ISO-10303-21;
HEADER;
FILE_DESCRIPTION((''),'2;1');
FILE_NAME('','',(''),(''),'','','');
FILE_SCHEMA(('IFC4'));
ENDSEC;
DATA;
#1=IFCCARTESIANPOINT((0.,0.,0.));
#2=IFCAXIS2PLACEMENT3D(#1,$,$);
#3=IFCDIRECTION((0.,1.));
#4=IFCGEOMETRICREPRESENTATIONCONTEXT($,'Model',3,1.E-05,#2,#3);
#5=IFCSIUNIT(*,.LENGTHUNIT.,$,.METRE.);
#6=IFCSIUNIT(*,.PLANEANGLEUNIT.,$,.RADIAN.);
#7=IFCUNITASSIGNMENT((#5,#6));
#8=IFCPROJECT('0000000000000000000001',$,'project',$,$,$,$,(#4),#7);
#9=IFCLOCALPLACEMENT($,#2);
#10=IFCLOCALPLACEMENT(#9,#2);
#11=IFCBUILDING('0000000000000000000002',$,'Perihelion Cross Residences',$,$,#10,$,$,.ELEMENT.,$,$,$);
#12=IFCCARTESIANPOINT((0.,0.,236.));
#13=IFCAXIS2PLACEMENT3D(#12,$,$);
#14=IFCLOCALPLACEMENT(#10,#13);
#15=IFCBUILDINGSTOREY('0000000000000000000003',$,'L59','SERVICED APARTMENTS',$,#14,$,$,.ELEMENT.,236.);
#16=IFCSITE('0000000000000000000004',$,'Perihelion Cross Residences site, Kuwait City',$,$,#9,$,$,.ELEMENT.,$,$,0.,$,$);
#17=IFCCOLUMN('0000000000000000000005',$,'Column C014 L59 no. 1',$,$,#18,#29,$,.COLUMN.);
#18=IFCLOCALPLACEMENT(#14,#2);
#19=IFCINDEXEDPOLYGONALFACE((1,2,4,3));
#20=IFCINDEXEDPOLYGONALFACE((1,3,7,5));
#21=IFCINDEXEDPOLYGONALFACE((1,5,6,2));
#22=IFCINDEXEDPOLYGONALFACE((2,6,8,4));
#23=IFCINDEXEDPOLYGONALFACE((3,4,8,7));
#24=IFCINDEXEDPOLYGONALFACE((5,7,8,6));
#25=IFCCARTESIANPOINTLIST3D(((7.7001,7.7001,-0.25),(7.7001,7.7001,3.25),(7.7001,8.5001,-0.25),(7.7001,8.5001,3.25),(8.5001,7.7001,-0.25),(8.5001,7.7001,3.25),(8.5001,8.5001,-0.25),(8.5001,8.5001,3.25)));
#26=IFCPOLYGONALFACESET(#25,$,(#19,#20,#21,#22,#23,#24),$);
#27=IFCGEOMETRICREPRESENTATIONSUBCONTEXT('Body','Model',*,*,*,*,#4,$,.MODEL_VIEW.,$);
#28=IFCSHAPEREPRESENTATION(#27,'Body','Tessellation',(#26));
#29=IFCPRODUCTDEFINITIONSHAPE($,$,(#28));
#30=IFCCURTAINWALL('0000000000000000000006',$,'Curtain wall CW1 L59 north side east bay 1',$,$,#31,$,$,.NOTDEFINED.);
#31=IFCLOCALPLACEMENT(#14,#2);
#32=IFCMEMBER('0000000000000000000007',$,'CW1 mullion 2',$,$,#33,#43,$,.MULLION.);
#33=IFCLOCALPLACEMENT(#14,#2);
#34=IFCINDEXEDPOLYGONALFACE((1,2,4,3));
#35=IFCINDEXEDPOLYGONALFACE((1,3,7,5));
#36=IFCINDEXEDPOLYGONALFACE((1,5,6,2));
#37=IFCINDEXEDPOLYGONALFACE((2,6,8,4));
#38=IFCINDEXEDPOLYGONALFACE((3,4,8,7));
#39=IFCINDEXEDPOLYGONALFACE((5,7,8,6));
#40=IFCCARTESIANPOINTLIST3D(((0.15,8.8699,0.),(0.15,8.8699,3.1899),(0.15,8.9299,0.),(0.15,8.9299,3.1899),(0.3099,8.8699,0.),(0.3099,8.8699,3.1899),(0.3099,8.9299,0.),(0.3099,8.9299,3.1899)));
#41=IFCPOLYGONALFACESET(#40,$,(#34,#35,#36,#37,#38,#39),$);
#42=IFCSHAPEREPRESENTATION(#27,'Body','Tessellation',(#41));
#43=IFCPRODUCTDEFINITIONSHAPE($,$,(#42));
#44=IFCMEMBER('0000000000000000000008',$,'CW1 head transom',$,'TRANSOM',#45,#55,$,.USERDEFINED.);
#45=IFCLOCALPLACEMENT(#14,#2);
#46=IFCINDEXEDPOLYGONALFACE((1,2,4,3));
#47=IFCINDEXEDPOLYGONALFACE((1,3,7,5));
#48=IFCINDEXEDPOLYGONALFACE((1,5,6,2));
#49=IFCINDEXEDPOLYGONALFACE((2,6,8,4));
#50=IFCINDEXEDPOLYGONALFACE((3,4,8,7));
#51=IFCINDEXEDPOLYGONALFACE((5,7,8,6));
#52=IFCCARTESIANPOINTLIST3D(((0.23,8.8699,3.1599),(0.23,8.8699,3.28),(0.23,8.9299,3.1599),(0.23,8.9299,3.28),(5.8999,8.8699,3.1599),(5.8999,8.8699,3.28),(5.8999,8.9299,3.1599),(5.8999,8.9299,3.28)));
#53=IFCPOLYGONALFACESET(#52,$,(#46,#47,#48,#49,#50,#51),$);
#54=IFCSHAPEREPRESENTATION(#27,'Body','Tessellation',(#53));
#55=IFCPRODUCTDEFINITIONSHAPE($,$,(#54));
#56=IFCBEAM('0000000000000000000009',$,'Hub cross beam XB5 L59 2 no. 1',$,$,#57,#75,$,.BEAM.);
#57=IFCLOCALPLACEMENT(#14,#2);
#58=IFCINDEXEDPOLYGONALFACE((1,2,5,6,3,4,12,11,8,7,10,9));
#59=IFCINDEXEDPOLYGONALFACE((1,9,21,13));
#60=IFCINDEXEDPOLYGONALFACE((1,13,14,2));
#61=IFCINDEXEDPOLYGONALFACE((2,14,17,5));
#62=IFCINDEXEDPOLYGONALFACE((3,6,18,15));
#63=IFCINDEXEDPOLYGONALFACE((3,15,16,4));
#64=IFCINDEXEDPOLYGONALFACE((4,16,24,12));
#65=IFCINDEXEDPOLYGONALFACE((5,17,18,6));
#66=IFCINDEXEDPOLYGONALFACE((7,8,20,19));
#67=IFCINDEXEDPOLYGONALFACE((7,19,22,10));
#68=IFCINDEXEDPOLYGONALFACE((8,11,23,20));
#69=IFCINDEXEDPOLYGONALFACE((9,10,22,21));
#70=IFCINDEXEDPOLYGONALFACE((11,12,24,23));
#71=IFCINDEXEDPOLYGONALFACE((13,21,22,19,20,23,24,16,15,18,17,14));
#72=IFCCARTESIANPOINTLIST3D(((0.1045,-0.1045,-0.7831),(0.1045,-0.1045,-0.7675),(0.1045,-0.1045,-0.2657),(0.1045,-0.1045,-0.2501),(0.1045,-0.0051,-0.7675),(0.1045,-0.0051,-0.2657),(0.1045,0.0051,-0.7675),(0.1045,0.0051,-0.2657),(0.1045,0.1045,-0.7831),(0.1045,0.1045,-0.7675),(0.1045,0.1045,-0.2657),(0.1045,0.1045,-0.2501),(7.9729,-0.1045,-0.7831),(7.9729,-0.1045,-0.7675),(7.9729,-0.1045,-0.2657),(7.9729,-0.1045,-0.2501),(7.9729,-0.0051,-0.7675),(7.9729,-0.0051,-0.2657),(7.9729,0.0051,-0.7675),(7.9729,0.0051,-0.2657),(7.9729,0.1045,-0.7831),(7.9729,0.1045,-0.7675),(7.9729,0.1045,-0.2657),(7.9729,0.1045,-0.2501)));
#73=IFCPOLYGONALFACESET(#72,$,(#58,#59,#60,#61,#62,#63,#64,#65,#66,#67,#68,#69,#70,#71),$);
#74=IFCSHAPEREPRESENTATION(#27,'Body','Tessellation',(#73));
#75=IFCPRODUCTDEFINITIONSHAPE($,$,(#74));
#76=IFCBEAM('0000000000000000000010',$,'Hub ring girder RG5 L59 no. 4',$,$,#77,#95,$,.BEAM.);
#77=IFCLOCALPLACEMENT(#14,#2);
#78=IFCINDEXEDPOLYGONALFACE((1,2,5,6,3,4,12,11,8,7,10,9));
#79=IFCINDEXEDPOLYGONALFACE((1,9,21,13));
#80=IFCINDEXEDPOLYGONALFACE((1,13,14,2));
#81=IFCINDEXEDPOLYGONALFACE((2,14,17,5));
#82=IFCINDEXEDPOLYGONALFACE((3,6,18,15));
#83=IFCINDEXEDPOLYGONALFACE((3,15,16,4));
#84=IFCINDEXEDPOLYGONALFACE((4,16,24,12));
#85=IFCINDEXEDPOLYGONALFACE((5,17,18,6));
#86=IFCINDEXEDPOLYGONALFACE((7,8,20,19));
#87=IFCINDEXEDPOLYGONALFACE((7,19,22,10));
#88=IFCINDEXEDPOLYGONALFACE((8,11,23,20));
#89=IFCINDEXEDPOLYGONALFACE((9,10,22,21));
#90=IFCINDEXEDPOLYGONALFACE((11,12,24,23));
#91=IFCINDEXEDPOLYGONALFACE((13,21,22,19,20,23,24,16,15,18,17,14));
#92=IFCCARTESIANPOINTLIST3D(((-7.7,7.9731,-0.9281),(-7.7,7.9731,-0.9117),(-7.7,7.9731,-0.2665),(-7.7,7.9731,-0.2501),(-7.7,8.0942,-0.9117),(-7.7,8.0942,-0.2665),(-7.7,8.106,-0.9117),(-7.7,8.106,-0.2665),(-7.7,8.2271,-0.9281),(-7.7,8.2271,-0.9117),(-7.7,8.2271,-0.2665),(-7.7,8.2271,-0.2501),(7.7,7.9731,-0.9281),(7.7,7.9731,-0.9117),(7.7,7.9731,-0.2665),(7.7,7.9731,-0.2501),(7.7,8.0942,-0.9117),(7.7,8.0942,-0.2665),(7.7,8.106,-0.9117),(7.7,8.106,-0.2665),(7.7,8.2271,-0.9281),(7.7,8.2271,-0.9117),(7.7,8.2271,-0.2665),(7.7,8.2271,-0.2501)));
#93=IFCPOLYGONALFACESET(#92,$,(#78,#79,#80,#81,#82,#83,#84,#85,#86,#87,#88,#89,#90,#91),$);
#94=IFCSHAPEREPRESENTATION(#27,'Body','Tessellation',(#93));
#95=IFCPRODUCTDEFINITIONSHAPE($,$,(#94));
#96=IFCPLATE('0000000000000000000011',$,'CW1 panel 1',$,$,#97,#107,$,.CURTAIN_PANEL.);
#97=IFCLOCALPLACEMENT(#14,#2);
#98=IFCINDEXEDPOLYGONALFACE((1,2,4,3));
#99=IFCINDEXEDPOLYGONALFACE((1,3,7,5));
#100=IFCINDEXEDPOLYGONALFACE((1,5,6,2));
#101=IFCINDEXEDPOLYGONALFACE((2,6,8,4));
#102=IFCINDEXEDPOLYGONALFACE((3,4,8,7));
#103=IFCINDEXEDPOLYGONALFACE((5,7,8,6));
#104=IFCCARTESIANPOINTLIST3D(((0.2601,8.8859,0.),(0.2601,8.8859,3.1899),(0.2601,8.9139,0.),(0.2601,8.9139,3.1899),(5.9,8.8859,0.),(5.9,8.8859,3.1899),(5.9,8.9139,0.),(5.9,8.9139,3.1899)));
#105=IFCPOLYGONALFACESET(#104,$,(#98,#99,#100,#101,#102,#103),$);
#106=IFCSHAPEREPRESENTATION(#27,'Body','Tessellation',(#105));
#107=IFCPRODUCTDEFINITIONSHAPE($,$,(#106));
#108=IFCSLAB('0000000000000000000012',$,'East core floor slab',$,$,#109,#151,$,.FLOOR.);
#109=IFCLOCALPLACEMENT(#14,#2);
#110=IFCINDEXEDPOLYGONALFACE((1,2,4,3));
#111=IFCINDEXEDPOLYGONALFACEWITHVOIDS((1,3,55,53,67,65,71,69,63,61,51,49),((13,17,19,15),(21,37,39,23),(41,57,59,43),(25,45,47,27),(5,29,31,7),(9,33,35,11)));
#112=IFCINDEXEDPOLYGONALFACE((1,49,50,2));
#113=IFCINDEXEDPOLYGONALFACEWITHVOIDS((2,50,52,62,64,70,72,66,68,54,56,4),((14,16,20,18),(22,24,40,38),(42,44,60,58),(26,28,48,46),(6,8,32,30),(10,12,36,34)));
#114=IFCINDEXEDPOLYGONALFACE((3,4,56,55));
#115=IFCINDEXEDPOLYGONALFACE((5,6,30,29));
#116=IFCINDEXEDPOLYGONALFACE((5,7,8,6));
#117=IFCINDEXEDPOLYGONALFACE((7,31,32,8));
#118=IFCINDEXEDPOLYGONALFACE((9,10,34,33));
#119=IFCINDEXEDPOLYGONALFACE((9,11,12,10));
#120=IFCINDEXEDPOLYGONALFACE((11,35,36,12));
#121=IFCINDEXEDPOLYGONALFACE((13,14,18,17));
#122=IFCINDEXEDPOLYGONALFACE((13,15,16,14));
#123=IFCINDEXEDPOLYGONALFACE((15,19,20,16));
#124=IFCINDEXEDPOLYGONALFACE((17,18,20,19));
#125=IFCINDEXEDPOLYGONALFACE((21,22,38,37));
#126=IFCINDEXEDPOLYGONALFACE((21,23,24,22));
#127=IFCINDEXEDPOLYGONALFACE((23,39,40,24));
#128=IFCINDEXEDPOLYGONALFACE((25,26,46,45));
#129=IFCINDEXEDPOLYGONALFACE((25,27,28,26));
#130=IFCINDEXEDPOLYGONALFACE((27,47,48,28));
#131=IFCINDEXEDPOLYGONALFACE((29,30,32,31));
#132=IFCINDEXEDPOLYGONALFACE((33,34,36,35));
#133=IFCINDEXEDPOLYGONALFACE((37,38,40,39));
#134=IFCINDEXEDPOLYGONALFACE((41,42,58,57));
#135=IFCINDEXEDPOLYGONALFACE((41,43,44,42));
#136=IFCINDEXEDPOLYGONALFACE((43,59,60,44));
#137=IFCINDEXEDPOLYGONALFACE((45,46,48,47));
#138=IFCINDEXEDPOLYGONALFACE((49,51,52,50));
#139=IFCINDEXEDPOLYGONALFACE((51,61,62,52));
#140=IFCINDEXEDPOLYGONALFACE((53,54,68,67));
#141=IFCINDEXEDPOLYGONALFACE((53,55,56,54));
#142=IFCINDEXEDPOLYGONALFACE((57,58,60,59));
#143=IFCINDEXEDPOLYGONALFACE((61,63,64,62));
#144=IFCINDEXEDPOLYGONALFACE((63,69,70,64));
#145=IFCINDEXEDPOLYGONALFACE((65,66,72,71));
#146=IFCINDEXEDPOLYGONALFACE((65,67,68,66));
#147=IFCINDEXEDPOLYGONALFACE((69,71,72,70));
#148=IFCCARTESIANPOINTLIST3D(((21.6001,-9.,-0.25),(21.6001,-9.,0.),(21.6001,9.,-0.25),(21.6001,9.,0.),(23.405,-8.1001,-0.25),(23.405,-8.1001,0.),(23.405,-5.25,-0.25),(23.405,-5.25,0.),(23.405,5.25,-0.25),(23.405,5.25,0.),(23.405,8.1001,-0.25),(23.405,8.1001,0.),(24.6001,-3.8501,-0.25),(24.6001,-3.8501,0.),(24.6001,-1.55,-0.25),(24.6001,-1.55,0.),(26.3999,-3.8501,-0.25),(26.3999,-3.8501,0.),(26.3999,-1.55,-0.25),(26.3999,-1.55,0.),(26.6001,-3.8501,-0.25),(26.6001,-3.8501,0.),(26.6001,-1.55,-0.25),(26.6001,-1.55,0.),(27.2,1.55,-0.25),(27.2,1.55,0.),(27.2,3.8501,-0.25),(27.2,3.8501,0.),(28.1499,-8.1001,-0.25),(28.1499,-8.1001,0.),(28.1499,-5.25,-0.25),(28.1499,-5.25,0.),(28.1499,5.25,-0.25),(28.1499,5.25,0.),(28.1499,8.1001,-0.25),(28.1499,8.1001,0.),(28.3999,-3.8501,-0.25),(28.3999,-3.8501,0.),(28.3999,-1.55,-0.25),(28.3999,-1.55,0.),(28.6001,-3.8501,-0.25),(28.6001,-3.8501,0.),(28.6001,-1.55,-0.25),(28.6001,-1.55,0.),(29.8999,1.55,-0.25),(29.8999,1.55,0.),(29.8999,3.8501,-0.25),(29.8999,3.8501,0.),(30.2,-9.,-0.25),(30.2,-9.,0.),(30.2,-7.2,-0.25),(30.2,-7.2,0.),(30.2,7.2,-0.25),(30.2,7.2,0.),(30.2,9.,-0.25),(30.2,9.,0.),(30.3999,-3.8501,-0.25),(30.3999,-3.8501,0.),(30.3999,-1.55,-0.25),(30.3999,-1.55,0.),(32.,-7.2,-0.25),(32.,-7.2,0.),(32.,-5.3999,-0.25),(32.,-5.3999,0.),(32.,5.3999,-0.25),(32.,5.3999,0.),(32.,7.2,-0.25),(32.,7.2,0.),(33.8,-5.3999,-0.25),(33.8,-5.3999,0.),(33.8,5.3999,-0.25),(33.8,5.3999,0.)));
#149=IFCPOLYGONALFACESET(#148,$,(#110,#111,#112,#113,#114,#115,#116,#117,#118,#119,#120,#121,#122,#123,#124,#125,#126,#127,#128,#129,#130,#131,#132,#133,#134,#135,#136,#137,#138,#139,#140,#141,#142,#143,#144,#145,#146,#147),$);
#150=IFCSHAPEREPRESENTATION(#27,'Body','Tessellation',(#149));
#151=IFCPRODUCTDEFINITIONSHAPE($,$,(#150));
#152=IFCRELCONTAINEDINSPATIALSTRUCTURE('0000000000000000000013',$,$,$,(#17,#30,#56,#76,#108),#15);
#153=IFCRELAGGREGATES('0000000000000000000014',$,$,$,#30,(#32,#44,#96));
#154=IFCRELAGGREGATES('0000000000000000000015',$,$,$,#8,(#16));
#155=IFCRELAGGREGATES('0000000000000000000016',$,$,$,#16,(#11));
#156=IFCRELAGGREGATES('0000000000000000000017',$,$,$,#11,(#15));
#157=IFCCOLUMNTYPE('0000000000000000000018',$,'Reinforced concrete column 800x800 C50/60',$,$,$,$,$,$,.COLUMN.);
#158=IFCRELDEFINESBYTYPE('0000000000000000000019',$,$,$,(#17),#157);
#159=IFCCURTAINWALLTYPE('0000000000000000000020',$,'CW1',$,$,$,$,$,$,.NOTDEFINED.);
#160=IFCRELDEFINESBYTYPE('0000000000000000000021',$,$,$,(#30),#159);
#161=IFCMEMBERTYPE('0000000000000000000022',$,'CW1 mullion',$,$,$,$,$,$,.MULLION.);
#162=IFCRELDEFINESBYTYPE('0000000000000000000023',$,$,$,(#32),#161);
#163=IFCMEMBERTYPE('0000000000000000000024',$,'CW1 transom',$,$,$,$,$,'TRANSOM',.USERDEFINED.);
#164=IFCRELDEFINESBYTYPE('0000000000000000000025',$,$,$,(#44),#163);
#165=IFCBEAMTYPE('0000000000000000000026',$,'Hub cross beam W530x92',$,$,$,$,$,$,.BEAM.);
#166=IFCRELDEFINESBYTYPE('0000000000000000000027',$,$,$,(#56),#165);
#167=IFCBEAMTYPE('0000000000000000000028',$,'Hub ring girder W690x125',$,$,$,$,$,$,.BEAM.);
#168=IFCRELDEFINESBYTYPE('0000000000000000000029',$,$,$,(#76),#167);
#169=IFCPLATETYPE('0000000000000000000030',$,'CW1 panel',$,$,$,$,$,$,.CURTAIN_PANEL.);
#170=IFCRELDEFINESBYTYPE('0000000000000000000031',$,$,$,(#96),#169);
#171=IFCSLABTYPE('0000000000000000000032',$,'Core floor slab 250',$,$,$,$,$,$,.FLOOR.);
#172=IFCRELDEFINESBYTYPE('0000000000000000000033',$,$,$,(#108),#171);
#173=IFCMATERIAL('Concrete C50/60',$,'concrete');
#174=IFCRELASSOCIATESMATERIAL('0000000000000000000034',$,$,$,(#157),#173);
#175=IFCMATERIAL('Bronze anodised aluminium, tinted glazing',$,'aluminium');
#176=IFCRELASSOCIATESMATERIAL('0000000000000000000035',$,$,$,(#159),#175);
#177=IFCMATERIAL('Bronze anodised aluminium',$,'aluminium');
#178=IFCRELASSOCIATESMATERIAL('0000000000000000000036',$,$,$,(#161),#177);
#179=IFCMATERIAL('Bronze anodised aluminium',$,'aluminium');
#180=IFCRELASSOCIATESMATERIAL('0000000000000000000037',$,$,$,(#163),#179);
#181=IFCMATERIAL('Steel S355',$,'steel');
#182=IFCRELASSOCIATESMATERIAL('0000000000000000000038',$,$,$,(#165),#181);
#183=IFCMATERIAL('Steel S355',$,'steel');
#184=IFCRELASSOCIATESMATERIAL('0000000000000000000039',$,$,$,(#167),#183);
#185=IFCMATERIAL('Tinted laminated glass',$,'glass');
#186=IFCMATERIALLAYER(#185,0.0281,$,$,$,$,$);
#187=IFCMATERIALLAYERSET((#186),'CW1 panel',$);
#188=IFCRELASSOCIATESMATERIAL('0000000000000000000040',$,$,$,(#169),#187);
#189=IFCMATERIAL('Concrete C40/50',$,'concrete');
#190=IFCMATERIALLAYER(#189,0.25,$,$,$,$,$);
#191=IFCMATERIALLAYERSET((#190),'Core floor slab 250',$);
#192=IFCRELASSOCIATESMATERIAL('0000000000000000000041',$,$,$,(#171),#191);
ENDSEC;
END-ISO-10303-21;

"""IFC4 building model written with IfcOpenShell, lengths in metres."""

from ifc_helpers import new_model, si_unit, direction, frame, origin, origin_2d, place, context, subcontext, project, spatial, polyline, rectangle, i_section, outline, extrude, material, layer, layer_set, material_profile, profile_set, type_object, element, aggregate, save


model = new_model("IFC4")

# Units and contexts
model_context = context("Model", 3, precision=1e-05, world=origin(), true_north=direction((0.0, 1.0)))
body_context = subcontext(model_context, "Body", "Model", "MODEL_VIEW")
ifc_project = project(units=[si_unit("LENGTHUNIT", "METRE"), si_unit("PLANEANGLEUNIT", "RADIAN")], contexts=[model_context])

# Site, building, storey
site_placement = place(None, origin())
site = spatial("IfcSite", under=ifc_project, at=site_placement, Name="Perihelion Cross Residences site, Kuwait City", CompositionType="ELEMENT", RefElevation=0.0)
building_placement = place(site_placement, origin())
building = spatial("IfcBuilding", under=site, at=building_placement, Name="Perihelion Cross Residences", CompositionType="ELEMENT")
storey_placement = place(building_placement, frame((0.0, 0.0, 236.0)))
storey = spatial("IfcBuildingStorey", under=building, at=storey_placement, Name="L59", Description="SERVICED APARTMENTS", CompositionType="ELEMENT", Elevation=236.0)

# Column
ifc_material_1 = material(Name="Concrete C50/60", Category="concrete")
ifc_material_profile_1 = material_profile(ifc_material_1, rectangle(XDim=0.8, YDim=0.8, at=origin_2d()), Name="RC 800x800")
ifc_profile_set_1 = profile_set([ifc_material_profile_1], Name="Concrete C50/60")
column_type = type_object("IfcColumnType", Name="Reinforced concrete column 800x800 C50/60", PredefinedType="COLUMN", material=ifc_profile_set_1)
column_placement = place(storey_placement, frame((8.1001, 8.1001, -0.25), z_axis=(0.0, 0.0, 1.0), x_axis=(1.0, 0.0, 0.0)))
element("IfcColumn", 1, at=column_placement, inside=storey, type_object=column_type, Name="Column C014 L59 no. 1", PredefinedType="COLUMN", context=body_context, shape_type="SweptSolid", body=[
    extrude(rectangle(XDim=0.8, YDim=0.8, at=origin_2d()), origin(), (0.0, 0.0, 1.0), 3.5),
])

# Curtain wall, members
ifc_material_2 = material(Name="Bronze anodised aluminium, tinted glazing", Category="aluminium")
curtain_wall_type = type_object("IfcCurtainWallType", Name="CW1", PredefinedType="NOTDEFINED", material=ifc_material_2)
curtain_wall_placement = place(storey_placement, origin())
curtain_wall = element("IfcCurtainWall", 2, at=curtain_wall_placement, inside=storey, type_object=curtain_wall_type, Name="Curtain wall CW1 L59 north side east bay 1", PredefinedType="NOTDEFINED")
ifc_material_3 = material(Name="Bronze anodised aluminium", Category="aluminium")
ifc_material_profile_2 = material_profile(ifc_material_3, rectangle(XDim=0.0601, YDim=0.1599, at=origin_2d()), Name="CW1 mullion")
ifc_profile_set_2 = profile_set([ifc_material_profile_2], Name="Bronze anodised aluminium")
member_type_1 = type_object("IfcMemberType", Name="CW1 mullion", PredefinedType="MULLION", material=ifc_profile_set_2)
member_1_placement = place(storey_placement, frame((0.23, 8.8999, 0.0), z_axis=(0.0, 0.0, 1.0), x_axis=(0.0, -1.0, 0.0)))
member_1 = element("IfcMember", 3, at=member_1_placement, type_object=member_type_1, Name="CW1 mullion 2", PredefinedType="MULLION", context=body_context, shape_type="SweptSolid", body=[
    extrude(rectangle(XDim=0.0601, YDim=0.1599, at=origin_2d()), origin(), (0.0, 0.0, 1.0), 3.1899),
])
ifc_material_4 = material(Name="Bronze anodised aluminium", Category="aluminium")
ifc_material_profile_3 = material_profile(ifc_material_4, rectangle(XDim=0.0601, YDim=0.1201, at=origin_2d()), Name="CW1 transom")
ifc_profile_set_3 = profile_set([ifc_material_profile_3], Name="Bronze anodised aluminium")
member_type_2 = type_object("IfcMemberType", Name="CW1 transom", ElementType="TRANSOM", PredefinedType="USERDEFINED", material=ifc_profile_set_3)
member_2_placement = place(storey_placement, frame((5.8999, 8.8999, 3.22), z_axis=(-1.0, 0.0, 0.0), x_axis=(0.0, -1.0, 0.0)))
member_2 = element("IfcMember", 4, at=member_2_placement, type_object=member_type_2, Name="CW1 head transom", ObjectType="TRANSOM", PredefinedType="USERDEFINED", context=body_context, shape_type="SweptSolid", body=[
    extrude(rectangle(XDim=0.0601, YDim=0.1201, at=origin_2d()), origin(), (0.0, 0.0, 1.0), 5.6699),
])

# Beams
ifc_material_5 = material(Name="Steel S355", Category="steel")
ifc_material_profile_4 = material_profile(ifc_material_5, i_section(OverallWidth=0.209, OverallDepth=0.533, WebThickness=0.0103, FlangeThickness=0.0156, at=origin_2d()), Name="W530x92")
ifc_profile_set_4 = profile_set([ifc_material_profile_4], Name="Steel S355")
beam_type_1 = type_object("IfcBeamType", Name="Hub cross beam W530x92", PredefinedType="BEAM", material=ifc_profile_set_4)
beam_1_placement = place(storey_placement, frame((0.1045, 0.0, -0.5166), z_axis=(1.0, 0.0, 0.0), x_axis=(0.0, 1.0, 0.0)))
element("IfcBeam", 5, at=beam_1_placement, inside=storey, type_object=beam_type_1, Name="Hub cross beam XB5 L59 2 no. 1", PredefinedType="BEAM", context=body_context, shape_type="SweptSolid", body=[
    extrude(i_section(OverallWidth=0.209, OverallDepth=0.533, WebThickness=0.0103, FlangeThickness=0.0156, at=origin_2d()), origin(), (0.0, 0.0, 1.0), 7.8684),
])
ifc_material_6 = material(Name="Steel S355", Category="steel")
ifc_material_profile_5 = material_profile(ifc_material_6, i_section(OverallWidth=0.2539, OverallDepth=0.678, WebThickness=0.0117, FlangeThickness=0.0164, at=origin_2d()), Name="W690x125")
ifc_profile_set_5 = profile_set([ifc_material_profile_5], Name="Steel S355")
beam_type_2 = type_object("IfcBeamType", Name="Hub ring girder W690x125", PredefinedType="BEAM", material=ifc_profile_set_5)
beam_2_placement = place(storey_placement, frame((7.7, 8.1001, -0.5891), z_axis=(-1.0, 0.0, 0.0), x_axis=(0.0, -1.0, 0.0)))
element("IfcBeam", 6, at=beam_2_placement, inside=storey, type_object=beam_type_2, Name="Hub ring girder RG5 L59 no. 4", PredefinedType="BEAM", context=body_context, shape_type="SweptSolid", body=[
    extrude(i_section(OverallWidth=0.2539, OverallDepth=0.678, WebThickness=0.0117, FlangeThickness=0.0164, at=origin_2d()), origin(), (0.0, 0.0, 1.0), 15.3999),
])

# Plate
ifc_material_7 = material(Name="Tinted laminated glass", Category="glass")
ifc_layer_1 = layer(ifc_material_7, 0.0281)
ifc_layer_set_1 = layer_set([ifc_layer_1], Name="CW1 panel")
plate_type = type_object("IfcPlateType", Name="CW1 panel", PredefinedType="CURTAIN_PANEL", material=ifc_layer_set_1)
plate_placement = place(storey_placement, frame((3.0801, 8.8999, 0.0), z_axis=(0.0, 0.0, 1.0), x_axis=(-1.0, 0.0, 0.0)))
plate = element("IfcPlate", 7, at=plate_placement, type_object=plate_type, Name="CW1 panel 1", PredefinedType="CURTAIN_PANEL", context=body_context, shape_type="SweptSolid", body=[
    extrude(rectangle(XDim=5.6399, YDim=0.0281, at=origin_2d()), origin(), (0.0, 0.0, 1.0), 3.1899),
])
aggregate(curtain_wall, [member_1, member_2, plate])

# Slab
ifc_material_8 = material(Name="Concrete C40/50", Category="concrete")
ifc_layer_2 = layer(ifc_material_8, 0.25)
ifc_layer_set_2 = layer_set([ifc_layer_2], Name="Core floor slab 250")
slab_type = type_object("IfcSlabType", Name="Core floor slab 250", PredefinedType="FLOOR", material=ifc_layer_set_2)
slab_1_placement = place(storey_placement, frame((0.0, 0.0, -0.25)))
element("IfcSlab", 8, at=slab_1_placement, inside=storey, type_object=slab_type, Name="East core floor slab", PredefinedType="FLOOR", context=body_context, shape_type="SweptSolid", body=[
    extrude(outline(polyline([(30.2, 7.2), (32.0, 7.2), (32.0, 5.3999), (33.8, 5.3999), (33.8, -5.3999), (32.0, -5.3999), (32.0, -7.2), (30.2, -7.2), (30.2, -9.0), (21.6001, -9.0), (21.6001, 9.0), (30.2, 9.0), (30.2, 7.2)]), holes=[polyline([(28.1499, -8.1001), (28.1499, -5.25), (23.405, -5.25), (23.405, -8.1001), (28.1499, -8.1001)]), polyline([(24.6001, -1.55), (24.6001, -3.8501), (26.3999, -3.8501), (26.3999, -1.55), (24.6001, -1.55)]), polyline([(26.6001, -1.55), (26.6001, -3.8501), (28.3999, -3.8501), (28.3999, -1.55), (26.6001, -1.55)]), polyline([(28.6001, -3.8501), (30.3999, -3.8501), (30.3999, -1.55), (28.6001, -1.55), (28.6001, -3.8501)]), polyline([(27.2, 3.8501), (27.2, 1.55), (29.8999, 1.55), (29.8999, 3.8501), (27.2, 3.8501)]), polyline([(23.405, 5.25), (28.1499, 5.25), (28.1499, 8.1001), (23.405, 8.1001), (23.405, 5.25)])]), origin(), (0.0, 0.0, 1.0), 0.25),
])

save(model, "model.ifc")
